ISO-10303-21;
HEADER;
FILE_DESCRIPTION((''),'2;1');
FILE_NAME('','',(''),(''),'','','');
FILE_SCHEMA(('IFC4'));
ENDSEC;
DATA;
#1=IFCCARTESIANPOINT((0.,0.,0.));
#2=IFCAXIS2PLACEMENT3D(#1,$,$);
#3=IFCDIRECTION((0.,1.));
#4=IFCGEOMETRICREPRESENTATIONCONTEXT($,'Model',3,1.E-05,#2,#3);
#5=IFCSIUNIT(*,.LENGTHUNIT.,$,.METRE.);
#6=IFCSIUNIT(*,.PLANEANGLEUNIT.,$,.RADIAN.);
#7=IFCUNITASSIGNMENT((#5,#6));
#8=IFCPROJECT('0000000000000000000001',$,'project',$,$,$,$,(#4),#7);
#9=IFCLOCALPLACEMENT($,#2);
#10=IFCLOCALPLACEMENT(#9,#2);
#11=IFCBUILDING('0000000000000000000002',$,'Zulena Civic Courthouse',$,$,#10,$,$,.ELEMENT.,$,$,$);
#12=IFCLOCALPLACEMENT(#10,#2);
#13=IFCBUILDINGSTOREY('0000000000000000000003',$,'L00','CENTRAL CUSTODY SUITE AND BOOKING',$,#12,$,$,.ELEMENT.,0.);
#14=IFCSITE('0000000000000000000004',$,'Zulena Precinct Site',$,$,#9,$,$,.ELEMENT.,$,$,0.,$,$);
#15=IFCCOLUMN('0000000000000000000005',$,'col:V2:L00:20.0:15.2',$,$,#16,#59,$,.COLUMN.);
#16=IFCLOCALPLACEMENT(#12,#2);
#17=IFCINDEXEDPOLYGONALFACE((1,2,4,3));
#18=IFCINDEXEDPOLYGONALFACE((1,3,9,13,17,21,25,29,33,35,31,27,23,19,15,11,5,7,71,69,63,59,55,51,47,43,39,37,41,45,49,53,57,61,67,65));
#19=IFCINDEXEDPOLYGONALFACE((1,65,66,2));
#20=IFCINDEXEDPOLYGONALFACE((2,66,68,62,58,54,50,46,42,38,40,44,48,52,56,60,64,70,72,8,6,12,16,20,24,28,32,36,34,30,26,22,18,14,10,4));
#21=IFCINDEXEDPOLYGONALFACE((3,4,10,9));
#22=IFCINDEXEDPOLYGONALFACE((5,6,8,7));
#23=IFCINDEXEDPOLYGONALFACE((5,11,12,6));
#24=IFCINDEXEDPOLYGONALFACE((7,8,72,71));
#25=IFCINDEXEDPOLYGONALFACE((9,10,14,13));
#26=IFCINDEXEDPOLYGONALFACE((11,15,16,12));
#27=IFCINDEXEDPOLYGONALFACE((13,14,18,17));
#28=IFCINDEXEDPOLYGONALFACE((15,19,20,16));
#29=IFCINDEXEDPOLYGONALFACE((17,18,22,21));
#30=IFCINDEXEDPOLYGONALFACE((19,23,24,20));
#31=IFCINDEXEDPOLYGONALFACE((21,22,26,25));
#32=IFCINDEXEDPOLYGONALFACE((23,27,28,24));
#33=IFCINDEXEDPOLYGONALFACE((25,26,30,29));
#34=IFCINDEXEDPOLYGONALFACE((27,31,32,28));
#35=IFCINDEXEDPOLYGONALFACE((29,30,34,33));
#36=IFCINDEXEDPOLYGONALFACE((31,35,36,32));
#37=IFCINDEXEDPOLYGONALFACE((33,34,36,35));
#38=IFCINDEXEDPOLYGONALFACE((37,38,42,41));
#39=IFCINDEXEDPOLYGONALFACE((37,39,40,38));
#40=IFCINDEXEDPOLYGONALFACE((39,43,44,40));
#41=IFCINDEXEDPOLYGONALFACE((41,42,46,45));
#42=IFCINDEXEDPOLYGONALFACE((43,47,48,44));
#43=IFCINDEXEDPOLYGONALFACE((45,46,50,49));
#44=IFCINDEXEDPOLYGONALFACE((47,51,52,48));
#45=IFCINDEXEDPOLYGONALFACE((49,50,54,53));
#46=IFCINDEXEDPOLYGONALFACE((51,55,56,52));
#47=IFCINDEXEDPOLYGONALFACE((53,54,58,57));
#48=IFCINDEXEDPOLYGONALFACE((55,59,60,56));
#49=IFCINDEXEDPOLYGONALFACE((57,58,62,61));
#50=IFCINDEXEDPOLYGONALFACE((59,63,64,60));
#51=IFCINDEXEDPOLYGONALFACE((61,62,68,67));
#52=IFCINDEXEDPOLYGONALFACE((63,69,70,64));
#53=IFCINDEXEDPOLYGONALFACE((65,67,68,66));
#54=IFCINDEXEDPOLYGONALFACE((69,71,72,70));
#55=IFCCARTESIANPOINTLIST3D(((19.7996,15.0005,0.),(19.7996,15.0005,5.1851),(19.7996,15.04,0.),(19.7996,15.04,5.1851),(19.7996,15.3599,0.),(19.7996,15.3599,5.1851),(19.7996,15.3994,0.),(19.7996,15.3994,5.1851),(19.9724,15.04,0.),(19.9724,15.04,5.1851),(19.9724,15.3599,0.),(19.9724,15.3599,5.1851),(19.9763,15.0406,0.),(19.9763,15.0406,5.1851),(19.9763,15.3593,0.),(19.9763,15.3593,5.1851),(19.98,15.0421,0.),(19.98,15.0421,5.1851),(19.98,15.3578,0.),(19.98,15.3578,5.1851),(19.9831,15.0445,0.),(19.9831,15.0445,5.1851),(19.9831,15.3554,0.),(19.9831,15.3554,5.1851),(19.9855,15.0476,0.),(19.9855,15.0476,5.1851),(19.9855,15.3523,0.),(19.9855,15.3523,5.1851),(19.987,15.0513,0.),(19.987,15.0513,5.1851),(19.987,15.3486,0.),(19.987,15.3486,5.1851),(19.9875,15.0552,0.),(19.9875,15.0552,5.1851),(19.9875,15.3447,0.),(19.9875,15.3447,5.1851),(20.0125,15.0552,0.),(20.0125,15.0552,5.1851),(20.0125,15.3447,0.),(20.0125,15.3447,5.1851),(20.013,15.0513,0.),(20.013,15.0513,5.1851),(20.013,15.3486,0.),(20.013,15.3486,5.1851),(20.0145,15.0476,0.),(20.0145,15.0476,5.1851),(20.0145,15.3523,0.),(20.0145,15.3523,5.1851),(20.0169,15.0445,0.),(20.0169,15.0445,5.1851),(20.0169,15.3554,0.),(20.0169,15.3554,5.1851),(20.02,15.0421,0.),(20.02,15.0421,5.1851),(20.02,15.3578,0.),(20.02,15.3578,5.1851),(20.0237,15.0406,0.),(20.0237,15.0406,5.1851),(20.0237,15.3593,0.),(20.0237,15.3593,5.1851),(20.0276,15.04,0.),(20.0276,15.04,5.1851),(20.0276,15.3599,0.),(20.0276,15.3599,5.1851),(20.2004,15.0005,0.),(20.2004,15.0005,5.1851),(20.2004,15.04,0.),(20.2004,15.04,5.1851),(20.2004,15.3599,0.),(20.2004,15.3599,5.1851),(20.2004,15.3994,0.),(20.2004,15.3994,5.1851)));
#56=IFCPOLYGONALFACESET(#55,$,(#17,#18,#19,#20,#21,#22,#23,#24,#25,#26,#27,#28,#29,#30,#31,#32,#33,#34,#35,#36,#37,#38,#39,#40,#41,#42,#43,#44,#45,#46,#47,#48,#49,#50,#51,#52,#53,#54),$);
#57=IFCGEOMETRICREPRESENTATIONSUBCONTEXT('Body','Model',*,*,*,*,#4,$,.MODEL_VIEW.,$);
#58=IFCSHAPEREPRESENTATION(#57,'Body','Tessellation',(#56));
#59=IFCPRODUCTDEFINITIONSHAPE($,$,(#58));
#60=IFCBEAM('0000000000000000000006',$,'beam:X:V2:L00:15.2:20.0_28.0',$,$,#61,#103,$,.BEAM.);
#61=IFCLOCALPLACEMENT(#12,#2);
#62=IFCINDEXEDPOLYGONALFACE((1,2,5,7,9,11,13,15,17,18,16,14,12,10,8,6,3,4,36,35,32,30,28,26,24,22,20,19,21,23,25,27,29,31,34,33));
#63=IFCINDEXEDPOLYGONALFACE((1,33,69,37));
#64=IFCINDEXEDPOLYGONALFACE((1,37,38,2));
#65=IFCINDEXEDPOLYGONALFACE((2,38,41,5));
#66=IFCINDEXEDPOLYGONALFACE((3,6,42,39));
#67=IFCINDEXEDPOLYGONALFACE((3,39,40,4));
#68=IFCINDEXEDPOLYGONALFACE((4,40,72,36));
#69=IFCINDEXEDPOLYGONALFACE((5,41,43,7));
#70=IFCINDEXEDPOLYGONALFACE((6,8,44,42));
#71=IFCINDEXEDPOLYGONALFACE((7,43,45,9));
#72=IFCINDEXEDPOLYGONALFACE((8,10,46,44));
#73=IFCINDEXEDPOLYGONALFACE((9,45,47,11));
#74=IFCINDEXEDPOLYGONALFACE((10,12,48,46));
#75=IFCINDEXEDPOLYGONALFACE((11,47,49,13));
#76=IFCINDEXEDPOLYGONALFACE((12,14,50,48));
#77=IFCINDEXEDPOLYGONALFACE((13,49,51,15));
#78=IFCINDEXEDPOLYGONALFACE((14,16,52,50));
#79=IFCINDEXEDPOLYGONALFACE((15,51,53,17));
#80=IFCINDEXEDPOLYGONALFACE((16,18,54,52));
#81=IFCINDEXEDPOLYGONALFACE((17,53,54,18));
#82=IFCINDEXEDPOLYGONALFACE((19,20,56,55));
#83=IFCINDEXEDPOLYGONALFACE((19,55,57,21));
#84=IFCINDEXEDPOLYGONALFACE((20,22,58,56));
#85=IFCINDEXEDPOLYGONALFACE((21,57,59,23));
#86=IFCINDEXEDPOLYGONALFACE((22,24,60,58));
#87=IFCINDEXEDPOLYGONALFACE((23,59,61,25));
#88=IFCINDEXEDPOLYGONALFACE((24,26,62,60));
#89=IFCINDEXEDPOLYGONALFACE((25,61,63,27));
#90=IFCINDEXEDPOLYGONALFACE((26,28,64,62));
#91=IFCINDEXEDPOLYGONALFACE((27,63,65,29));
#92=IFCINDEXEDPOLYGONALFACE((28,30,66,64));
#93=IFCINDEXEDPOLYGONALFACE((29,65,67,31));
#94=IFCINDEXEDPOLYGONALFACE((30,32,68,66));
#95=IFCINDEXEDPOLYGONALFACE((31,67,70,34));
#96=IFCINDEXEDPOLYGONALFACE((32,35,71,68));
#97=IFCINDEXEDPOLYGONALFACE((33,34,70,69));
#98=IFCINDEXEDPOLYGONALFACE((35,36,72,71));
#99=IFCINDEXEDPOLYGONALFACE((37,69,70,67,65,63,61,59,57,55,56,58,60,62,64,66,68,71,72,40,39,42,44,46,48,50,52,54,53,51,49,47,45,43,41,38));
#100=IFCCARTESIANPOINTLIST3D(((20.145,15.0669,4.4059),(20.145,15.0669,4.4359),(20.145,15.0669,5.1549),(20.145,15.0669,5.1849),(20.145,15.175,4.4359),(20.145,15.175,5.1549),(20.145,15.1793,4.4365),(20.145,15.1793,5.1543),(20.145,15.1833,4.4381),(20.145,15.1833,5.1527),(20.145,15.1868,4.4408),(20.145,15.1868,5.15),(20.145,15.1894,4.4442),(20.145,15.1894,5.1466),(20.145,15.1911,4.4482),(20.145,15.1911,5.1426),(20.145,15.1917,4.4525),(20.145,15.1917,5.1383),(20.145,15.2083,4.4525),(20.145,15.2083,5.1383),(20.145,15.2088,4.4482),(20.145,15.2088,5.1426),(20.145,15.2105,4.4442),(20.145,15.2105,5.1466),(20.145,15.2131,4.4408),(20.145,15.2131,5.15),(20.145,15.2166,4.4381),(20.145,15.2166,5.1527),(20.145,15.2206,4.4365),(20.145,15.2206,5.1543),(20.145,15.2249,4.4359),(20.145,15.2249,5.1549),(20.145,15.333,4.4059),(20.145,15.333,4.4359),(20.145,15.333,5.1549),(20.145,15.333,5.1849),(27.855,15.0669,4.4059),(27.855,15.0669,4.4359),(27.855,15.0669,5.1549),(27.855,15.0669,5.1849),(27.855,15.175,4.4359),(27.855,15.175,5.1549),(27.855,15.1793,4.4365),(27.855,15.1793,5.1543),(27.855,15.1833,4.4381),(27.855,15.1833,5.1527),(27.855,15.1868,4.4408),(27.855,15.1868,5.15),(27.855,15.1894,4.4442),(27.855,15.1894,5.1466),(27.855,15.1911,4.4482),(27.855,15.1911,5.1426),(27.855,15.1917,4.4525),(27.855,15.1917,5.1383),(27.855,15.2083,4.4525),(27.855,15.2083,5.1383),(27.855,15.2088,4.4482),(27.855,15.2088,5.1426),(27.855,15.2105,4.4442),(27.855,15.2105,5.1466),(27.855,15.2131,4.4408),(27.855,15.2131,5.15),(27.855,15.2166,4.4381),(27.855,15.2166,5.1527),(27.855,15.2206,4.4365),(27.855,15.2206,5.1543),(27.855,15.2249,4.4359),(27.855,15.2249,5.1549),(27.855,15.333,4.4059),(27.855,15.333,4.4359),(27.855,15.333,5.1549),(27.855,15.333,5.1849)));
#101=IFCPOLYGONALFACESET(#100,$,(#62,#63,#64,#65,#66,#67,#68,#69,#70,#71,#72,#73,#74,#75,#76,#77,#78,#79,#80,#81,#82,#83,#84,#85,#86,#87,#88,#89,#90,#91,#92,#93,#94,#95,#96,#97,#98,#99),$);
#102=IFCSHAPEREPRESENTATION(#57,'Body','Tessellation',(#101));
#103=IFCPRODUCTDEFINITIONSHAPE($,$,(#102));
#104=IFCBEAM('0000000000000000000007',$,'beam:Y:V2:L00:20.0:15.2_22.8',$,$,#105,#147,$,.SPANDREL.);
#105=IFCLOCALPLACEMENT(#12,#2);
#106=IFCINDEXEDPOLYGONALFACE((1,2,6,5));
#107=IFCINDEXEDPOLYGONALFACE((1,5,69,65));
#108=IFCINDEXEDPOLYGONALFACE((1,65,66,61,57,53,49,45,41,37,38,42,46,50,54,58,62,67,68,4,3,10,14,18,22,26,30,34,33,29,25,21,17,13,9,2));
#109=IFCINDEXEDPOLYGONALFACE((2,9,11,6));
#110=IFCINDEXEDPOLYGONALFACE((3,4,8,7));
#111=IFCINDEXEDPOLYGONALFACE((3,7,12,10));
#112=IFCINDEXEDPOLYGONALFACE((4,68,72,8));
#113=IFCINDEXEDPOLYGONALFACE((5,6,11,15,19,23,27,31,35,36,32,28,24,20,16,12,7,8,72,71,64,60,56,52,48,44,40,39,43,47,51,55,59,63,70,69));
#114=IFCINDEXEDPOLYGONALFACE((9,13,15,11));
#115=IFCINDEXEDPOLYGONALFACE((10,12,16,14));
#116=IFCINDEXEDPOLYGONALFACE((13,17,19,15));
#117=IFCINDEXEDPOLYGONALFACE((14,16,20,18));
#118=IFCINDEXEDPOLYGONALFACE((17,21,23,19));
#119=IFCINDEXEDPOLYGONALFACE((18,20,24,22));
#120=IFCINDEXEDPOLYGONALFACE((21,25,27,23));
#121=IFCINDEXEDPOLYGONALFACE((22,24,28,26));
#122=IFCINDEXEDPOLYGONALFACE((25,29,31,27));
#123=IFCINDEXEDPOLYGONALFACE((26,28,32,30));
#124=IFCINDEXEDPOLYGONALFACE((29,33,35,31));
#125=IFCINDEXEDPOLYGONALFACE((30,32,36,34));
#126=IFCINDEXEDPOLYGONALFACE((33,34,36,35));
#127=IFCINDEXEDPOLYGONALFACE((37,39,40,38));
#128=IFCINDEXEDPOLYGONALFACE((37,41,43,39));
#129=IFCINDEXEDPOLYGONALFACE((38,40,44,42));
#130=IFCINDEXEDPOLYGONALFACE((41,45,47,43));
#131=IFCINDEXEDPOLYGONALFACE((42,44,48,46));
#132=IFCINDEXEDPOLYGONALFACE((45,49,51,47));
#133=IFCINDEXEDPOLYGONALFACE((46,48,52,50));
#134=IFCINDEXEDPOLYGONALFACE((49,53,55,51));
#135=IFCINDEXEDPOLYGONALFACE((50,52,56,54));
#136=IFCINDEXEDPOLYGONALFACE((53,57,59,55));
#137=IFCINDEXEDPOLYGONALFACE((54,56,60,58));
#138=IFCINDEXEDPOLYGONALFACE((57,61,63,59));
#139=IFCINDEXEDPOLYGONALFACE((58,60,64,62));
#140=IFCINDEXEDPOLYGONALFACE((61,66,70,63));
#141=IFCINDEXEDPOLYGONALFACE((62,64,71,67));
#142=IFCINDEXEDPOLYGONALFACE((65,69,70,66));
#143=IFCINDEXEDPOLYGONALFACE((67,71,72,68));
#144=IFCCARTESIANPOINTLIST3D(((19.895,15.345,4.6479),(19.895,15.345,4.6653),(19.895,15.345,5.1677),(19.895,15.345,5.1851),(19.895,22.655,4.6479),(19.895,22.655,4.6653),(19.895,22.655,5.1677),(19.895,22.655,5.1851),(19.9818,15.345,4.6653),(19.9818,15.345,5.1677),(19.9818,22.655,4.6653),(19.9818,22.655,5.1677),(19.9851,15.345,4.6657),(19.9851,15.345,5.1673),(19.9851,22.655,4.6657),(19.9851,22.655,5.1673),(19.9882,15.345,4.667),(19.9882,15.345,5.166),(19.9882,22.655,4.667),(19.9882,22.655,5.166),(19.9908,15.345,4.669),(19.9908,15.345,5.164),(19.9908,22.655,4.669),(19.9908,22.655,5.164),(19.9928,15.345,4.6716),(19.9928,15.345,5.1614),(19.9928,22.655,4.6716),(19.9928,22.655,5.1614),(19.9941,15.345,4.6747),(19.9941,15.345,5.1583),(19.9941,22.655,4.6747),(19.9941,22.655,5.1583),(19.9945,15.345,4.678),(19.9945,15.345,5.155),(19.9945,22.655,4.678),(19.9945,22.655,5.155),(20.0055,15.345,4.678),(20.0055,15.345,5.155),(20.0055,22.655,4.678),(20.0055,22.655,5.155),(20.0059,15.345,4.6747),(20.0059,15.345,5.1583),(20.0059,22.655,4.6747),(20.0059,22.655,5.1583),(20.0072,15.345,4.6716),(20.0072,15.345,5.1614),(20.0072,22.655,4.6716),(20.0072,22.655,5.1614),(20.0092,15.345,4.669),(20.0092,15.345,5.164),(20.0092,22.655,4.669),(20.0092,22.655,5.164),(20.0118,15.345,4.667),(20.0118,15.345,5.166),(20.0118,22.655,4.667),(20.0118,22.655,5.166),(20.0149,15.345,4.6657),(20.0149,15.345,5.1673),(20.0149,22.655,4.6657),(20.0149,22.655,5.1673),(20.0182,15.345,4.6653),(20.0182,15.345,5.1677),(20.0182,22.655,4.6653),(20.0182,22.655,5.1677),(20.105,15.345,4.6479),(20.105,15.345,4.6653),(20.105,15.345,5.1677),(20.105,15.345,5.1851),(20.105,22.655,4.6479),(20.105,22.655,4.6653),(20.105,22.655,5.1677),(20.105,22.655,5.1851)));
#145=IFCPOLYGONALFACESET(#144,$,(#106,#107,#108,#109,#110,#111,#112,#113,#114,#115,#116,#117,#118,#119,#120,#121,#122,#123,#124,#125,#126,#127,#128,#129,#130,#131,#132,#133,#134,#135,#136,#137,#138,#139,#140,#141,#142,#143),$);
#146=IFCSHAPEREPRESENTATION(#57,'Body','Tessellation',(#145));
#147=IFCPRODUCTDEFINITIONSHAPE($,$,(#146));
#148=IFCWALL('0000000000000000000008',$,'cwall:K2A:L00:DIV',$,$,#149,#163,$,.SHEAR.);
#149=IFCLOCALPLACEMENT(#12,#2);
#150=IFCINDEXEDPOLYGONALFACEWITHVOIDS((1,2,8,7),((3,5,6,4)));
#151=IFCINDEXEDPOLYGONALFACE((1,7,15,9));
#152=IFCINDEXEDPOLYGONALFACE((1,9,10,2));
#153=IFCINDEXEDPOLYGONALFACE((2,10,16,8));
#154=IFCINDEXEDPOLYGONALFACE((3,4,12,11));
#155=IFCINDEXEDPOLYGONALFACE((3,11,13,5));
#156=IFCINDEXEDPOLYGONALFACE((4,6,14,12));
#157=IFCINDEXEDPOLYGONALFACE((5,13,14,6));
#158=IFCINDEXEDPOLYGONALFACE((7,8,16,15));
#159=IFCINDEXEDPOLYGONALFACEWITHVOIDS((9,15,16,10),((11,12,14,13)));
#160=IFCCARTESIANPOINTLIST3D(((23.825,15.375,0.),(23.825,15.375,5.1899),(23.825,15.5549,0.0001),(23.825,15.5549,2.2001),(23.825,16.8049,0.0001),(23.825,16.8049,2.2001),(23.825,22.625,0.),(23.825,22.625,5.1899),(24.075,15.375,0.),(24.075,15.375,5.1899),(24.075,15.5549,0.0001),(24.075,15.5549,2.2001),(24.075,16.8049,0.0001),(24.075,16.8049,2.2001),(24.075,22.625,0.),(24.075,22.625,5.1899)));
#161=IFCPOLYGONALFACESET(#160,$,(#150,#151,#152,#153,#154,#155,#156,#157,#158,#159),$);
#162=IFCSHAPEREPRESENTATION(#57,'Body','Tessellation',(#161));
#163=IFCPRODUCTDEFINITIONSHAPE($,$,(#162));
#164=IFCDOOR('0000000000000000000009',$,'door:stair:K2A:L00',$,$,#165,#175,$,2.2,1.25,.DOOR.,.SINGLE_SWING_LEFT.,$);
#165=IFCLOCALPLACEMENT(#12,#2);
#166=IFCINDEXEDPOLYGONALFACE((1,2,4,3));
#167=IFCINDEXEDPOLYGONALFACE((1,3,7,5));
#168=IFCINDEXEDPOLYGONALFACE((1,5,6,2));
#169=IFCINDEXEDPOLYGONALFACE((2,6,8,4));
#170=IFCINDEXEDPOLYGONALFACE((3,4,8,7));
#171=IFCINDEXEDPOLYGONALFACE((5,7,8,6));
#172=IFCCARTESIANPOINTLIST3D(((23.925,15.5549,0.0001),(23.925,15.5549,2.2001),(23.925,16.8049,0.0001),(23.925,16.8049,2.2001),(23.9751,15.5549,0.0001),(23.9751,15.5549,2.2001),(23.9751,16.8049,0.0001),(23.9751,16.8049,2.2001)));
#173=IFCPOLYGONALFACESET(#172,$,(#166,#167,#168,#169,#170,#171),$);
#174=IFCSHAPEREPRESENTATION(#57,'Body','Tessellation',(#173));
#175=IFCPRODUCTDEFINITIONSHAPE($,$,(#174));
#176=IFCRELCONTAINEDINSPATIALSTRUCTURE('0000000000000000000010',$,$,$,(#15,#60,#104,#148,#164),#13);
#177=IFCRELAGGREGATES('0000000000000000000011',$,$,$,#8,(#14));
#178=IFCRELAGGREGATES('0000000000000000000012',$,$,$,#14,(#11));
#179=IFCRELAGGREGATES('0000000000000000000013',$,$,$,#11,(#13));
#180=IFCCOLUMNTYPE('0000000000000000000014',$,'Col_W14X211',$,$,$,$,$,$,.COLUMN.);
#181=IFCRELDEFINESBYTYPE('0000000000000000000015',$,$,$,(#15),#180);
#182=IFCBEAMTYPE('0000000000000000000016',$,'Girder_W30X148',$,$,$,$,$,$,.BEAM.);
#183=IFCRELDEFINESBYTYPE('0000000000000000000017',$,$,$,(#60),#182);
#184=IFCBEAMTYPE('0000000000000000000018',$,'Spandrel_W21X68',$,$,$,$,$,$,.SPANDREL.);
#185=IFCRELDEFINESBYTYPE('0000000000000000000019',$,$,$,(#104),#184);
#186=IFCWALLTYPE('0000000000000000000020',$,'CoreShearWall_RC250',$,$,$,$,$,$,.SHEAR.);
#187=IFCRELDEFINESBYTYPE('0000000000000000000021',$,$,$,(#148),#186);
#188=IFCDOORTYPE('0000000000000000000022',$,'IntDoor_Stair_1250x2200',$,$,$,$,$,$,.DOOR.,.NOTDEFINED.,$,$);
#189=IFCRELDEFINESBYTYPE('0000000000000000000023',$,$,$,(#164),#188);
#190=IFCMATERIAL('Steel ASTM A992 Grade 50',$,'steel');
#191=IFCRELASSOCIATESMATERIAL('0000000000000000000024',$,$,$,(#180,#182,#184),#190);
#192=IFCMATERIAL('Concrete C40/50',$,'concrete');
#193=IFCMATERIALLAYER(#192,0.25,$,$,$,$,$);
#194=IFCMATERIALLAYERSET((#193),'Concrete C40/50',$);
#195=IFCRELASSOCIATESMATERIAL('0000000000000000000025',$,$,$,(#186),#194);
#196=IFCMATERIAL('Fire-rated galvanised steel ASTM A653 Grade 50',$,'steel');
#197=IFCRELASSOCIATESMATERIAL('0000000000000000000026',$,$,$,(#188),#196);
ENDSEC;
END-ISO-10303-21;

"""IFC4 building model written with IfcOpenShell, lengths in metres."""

from ifc_helpers import new_model, si_unit, direction, frame, frame_2d, origin, origin_2d, place, context, subcontext, project, spatial, rectangle, i_section, extrude, material, layer, layer_set, material_profile, profile_set, type_object, element, fill, save


model = new_model("IFC4")

# Units and contexts
model_context = context("Model", 3, precision=1e-05, world=origin(), true_north=direction((0.0, 1.0)))
body_context = subcontext(model_context, "Body", "Model", "MODEL_VIEW")
ifc_project = project(units=[si_unit("LENGTHUNIT", "METRE"), si_unit("PLANEANGLEUNIT", "RADIAN")], contexts=[model_context])

# Site, building, storey
site_placement = place(None, origin())
site = spatial("IfcSite", under=ifc_project, at=site_placement, Name="Zulena Precinct Site", CompositionType="ELEMENT", RefElevation=0.0)
building_placement = place(site_placement, origin())
building = spatial("IfcBuilding", under=site, at=building_placement, Name="Zulena Civic Courthouse", CompositionType="ELEMENT")
storey_placement = place(building_placement, origin())
storey = spatial("IfcBuildingStorey", under=building, at=storey_placement, Name="L00", Description="CENTRAL CUSTODY SUITE AND BOOKING", CompositionType="ELEMENT", Elevation=0.0)

# Shared definitions
ifc_material_1 = material(Name="Concrete C40/50", Category="concrete")

# Column
ifc_material_2 = material(Name="Steel ASTM A992 Grade 50", Category="steel")
ifc_material_profile_1 = material_profile(ifc_material_2, i_section(OverallWidth=0.4009, OverallDepth=0.3989, WebThickness=0.0249, FlangeThickness=0.0396, FilletRadius=0.0151, at=origin_2d()), Name="W14X211")
ifc_profile_set_1 = profile_set([ifc_material_profile_1], Name="Steel ASTM A992 Grade 50")
column_type = type_object("IfcColumnType", Name="Col_W14X211", PredefinedType="COLUMN", material=ifc_profile_set_1)
column_placement = place(storey_placement, frame((20.0, 15.2, 0.0), z_axis=(0.0, 0.0, 1.0), x_axis=(1.0, 0.0, 0.0)))
element("IfcColumn", 1, at=column_placement, inside=storey, type_object=column_type, Name="col:V2:L00:20.0:15.2", PredefinedType="COLUMN", context=body_context, shape_type="SweptSolid", body=[
    extrude(i_section(OverallWidth=0.4009, OverallDepth=0.3989, WebThickness=0.0249, FlangeThickness=0.0396, FilletRadius=0.0151, at=origin_2d()), origin(), (0.0, 0.0, 1.0), 5.1851),
])

# Beams
ifc_material_profile_2 = material_profile(ifc_material_2, i_section(OverallWidth=0.2661, OverallDepth=0.7791, WebThickness=0.0166, FlangeThickness=0.03, FilletRadius=0.0166, at=origin_2d()), Name="W30X148")
ifc_profile_set_2 = profile_set([ifc_material_profile_2], Name="Steel ASTM A992 Grade 50")
beam_type_1 = type_object("IfcBeamType", Name="Girder_W30X148", PredefinedType="BEAM", material=ifc_profile_set_2)
beam_1_placement = place(storey_placement, frame((20.145, 15.2, 4.7954), z_axis=(1.0, 0.0, 0.0), x_axis=(0.0, 1.0, 0.0)))
element("IfcBeam", 2, at=beam_1_placement, inside=storey, type_object=beam_type_1, Name="beam:X:V2:L00:15.2:20.0_28.0", PredefinedType="BEAM", context=body_context, shape_type="SweptSolid", body=[
    extrude(i_section(OverallWidth=0.2661, OverallDepth=0.7791, WebThickness=0.0166, FlangeThickness=0.03, FilletRadius=0.0166, at=origin_2d()), origin(), (0.0, 0.0, 1.0), 7.71),
])
ifc_material_profile_3 = material_profile(ifc_material_2, i_section(OverallWidth=0.21, OverallDepth=0.5371, WebThickness=0.011, FlangeThickness=0.0173, FilletRadius=0.0127, at=origin_2d()), Name="W21X68")
ifc_profile_set_3 = profile_set([ifc_material_profile_3], Name="Steel ASTM A992 Grade 50")
beam_type_2 = type_object("IfcBeamType", Name="Spandrel_W21X68", PredefinedType="SPANDREL", material=ifc_profile_set_3)
beam_2_placement = place(storey_placement, frame((20.0, 15.345, 4.9165), z_axis=(0.0, 1.0, 0.0), x_axis=(-1.0, 0.0, 0.0)))
element("IfcBeam", 3, at=beam_2_placement, inside=storey, type_object=beam_type_2, Name="beam:Y:V2:L00:20.0:15.2_22.8", PredefinedType="SPANDREL", context=body_context, shape_type="SweptSolid", body=[
    extrude(i_section(OverallWidth=0.21, OverallDepth=0.5371, WebThickness=0.011, FlangeThickness=0.0173, FilletRadius=0.0127, at=origin_2d()), origin(), (0.0, 0.0, 1.0), 7.3101),
])

# Wall, opening, door
ifc_layer_1 = layer(ifc_material_1, 0.25)
ifc_layer_set_1 = layer_set([ifc_layer_1], Name="Concrete C40/50")
wall_type_1 = type_object("IfcWallType", Name="CoreShearWall_RC250", PredefinedType="SHEAR", material=ifc_layer_set_1)
wall_1_placement = place(storey_placement, frame((23.95, 15.375, 0.0), z_axis=(0.0, 0.0, 1.0), x_axis=(0.0, 1.0, 0.0)))
wall_1 = element("IfcWall", 4, at=wall_1_placement, inside=storey, type_object=wall_type_1, Name="cwall:K2A:L00:DIV", PredefinedType="SHEAR", context=body_context, shape_type="SweptSolid", body=[
    extrude(rectangle(XDim=7.25, YDim=0.25, at=frame_2d((3.625, 0.0))), origin(), (0.0, 0.0, 1.0), 5.1899),
])
opening_1_placement = place(wall_1_placement, frame((0.1799, 0.0, 0.0)))
opening_1 = element("IfcOpeningElement", 5, at=opening_1_placement, cuts=wall_1, PredefinedType="OPENING", context=body_context, shape_type="SweptSolid", body=[
    extrude(rectangle(XDim=1.25, YDim=2.2, at=frame_2d((0.625, 1.1001))), frame((0.0, 0.135, 0.0), z_axis=(0.0, -1.0, 0.0), x_axis=(1.0, 0.0, 0.0)), (0.0, 0.0, 1.0), 0.27),
])
ifc_material_3 = material(Name="Fire-rated galvanised steel ASTM A653 Grade 50", Category="steel")
door_type_1 = type_object("IfcDoorType", Name="IntDoor_Stair_1250x2200", OperationType="NOTDEFINED", PredefinedType="DOOR", material=ifc_material_3)
door_1_placement = place(opening_1_placement, origin())
door_1 = element("IfcDoor", 6, at=door_1_placement, inside=storey, type_object=door_type_1, Name="door:stair:K2A:L00", OperationType="SINGLE_SWING_LEFT", OverallHeight=2.2, OverallWidth=1.25, PredefinedType="DOOR", context=body_context, shape_type="SweptSolid", body=[
    extrude(rectangle(XDim=1.25, YDim=2.2, at=frame_2d((0.625, 1.1001))), frame((0.0, 0.0249, 0.0), z_axis=(0.0, -1.0, 0.0), x_axis=(1.0, 0.0, 0.0)), (0.0, 0.0, 1.0), 0.05),
])
fill(opening_1, door_1)

save(model, "model.ifc")
